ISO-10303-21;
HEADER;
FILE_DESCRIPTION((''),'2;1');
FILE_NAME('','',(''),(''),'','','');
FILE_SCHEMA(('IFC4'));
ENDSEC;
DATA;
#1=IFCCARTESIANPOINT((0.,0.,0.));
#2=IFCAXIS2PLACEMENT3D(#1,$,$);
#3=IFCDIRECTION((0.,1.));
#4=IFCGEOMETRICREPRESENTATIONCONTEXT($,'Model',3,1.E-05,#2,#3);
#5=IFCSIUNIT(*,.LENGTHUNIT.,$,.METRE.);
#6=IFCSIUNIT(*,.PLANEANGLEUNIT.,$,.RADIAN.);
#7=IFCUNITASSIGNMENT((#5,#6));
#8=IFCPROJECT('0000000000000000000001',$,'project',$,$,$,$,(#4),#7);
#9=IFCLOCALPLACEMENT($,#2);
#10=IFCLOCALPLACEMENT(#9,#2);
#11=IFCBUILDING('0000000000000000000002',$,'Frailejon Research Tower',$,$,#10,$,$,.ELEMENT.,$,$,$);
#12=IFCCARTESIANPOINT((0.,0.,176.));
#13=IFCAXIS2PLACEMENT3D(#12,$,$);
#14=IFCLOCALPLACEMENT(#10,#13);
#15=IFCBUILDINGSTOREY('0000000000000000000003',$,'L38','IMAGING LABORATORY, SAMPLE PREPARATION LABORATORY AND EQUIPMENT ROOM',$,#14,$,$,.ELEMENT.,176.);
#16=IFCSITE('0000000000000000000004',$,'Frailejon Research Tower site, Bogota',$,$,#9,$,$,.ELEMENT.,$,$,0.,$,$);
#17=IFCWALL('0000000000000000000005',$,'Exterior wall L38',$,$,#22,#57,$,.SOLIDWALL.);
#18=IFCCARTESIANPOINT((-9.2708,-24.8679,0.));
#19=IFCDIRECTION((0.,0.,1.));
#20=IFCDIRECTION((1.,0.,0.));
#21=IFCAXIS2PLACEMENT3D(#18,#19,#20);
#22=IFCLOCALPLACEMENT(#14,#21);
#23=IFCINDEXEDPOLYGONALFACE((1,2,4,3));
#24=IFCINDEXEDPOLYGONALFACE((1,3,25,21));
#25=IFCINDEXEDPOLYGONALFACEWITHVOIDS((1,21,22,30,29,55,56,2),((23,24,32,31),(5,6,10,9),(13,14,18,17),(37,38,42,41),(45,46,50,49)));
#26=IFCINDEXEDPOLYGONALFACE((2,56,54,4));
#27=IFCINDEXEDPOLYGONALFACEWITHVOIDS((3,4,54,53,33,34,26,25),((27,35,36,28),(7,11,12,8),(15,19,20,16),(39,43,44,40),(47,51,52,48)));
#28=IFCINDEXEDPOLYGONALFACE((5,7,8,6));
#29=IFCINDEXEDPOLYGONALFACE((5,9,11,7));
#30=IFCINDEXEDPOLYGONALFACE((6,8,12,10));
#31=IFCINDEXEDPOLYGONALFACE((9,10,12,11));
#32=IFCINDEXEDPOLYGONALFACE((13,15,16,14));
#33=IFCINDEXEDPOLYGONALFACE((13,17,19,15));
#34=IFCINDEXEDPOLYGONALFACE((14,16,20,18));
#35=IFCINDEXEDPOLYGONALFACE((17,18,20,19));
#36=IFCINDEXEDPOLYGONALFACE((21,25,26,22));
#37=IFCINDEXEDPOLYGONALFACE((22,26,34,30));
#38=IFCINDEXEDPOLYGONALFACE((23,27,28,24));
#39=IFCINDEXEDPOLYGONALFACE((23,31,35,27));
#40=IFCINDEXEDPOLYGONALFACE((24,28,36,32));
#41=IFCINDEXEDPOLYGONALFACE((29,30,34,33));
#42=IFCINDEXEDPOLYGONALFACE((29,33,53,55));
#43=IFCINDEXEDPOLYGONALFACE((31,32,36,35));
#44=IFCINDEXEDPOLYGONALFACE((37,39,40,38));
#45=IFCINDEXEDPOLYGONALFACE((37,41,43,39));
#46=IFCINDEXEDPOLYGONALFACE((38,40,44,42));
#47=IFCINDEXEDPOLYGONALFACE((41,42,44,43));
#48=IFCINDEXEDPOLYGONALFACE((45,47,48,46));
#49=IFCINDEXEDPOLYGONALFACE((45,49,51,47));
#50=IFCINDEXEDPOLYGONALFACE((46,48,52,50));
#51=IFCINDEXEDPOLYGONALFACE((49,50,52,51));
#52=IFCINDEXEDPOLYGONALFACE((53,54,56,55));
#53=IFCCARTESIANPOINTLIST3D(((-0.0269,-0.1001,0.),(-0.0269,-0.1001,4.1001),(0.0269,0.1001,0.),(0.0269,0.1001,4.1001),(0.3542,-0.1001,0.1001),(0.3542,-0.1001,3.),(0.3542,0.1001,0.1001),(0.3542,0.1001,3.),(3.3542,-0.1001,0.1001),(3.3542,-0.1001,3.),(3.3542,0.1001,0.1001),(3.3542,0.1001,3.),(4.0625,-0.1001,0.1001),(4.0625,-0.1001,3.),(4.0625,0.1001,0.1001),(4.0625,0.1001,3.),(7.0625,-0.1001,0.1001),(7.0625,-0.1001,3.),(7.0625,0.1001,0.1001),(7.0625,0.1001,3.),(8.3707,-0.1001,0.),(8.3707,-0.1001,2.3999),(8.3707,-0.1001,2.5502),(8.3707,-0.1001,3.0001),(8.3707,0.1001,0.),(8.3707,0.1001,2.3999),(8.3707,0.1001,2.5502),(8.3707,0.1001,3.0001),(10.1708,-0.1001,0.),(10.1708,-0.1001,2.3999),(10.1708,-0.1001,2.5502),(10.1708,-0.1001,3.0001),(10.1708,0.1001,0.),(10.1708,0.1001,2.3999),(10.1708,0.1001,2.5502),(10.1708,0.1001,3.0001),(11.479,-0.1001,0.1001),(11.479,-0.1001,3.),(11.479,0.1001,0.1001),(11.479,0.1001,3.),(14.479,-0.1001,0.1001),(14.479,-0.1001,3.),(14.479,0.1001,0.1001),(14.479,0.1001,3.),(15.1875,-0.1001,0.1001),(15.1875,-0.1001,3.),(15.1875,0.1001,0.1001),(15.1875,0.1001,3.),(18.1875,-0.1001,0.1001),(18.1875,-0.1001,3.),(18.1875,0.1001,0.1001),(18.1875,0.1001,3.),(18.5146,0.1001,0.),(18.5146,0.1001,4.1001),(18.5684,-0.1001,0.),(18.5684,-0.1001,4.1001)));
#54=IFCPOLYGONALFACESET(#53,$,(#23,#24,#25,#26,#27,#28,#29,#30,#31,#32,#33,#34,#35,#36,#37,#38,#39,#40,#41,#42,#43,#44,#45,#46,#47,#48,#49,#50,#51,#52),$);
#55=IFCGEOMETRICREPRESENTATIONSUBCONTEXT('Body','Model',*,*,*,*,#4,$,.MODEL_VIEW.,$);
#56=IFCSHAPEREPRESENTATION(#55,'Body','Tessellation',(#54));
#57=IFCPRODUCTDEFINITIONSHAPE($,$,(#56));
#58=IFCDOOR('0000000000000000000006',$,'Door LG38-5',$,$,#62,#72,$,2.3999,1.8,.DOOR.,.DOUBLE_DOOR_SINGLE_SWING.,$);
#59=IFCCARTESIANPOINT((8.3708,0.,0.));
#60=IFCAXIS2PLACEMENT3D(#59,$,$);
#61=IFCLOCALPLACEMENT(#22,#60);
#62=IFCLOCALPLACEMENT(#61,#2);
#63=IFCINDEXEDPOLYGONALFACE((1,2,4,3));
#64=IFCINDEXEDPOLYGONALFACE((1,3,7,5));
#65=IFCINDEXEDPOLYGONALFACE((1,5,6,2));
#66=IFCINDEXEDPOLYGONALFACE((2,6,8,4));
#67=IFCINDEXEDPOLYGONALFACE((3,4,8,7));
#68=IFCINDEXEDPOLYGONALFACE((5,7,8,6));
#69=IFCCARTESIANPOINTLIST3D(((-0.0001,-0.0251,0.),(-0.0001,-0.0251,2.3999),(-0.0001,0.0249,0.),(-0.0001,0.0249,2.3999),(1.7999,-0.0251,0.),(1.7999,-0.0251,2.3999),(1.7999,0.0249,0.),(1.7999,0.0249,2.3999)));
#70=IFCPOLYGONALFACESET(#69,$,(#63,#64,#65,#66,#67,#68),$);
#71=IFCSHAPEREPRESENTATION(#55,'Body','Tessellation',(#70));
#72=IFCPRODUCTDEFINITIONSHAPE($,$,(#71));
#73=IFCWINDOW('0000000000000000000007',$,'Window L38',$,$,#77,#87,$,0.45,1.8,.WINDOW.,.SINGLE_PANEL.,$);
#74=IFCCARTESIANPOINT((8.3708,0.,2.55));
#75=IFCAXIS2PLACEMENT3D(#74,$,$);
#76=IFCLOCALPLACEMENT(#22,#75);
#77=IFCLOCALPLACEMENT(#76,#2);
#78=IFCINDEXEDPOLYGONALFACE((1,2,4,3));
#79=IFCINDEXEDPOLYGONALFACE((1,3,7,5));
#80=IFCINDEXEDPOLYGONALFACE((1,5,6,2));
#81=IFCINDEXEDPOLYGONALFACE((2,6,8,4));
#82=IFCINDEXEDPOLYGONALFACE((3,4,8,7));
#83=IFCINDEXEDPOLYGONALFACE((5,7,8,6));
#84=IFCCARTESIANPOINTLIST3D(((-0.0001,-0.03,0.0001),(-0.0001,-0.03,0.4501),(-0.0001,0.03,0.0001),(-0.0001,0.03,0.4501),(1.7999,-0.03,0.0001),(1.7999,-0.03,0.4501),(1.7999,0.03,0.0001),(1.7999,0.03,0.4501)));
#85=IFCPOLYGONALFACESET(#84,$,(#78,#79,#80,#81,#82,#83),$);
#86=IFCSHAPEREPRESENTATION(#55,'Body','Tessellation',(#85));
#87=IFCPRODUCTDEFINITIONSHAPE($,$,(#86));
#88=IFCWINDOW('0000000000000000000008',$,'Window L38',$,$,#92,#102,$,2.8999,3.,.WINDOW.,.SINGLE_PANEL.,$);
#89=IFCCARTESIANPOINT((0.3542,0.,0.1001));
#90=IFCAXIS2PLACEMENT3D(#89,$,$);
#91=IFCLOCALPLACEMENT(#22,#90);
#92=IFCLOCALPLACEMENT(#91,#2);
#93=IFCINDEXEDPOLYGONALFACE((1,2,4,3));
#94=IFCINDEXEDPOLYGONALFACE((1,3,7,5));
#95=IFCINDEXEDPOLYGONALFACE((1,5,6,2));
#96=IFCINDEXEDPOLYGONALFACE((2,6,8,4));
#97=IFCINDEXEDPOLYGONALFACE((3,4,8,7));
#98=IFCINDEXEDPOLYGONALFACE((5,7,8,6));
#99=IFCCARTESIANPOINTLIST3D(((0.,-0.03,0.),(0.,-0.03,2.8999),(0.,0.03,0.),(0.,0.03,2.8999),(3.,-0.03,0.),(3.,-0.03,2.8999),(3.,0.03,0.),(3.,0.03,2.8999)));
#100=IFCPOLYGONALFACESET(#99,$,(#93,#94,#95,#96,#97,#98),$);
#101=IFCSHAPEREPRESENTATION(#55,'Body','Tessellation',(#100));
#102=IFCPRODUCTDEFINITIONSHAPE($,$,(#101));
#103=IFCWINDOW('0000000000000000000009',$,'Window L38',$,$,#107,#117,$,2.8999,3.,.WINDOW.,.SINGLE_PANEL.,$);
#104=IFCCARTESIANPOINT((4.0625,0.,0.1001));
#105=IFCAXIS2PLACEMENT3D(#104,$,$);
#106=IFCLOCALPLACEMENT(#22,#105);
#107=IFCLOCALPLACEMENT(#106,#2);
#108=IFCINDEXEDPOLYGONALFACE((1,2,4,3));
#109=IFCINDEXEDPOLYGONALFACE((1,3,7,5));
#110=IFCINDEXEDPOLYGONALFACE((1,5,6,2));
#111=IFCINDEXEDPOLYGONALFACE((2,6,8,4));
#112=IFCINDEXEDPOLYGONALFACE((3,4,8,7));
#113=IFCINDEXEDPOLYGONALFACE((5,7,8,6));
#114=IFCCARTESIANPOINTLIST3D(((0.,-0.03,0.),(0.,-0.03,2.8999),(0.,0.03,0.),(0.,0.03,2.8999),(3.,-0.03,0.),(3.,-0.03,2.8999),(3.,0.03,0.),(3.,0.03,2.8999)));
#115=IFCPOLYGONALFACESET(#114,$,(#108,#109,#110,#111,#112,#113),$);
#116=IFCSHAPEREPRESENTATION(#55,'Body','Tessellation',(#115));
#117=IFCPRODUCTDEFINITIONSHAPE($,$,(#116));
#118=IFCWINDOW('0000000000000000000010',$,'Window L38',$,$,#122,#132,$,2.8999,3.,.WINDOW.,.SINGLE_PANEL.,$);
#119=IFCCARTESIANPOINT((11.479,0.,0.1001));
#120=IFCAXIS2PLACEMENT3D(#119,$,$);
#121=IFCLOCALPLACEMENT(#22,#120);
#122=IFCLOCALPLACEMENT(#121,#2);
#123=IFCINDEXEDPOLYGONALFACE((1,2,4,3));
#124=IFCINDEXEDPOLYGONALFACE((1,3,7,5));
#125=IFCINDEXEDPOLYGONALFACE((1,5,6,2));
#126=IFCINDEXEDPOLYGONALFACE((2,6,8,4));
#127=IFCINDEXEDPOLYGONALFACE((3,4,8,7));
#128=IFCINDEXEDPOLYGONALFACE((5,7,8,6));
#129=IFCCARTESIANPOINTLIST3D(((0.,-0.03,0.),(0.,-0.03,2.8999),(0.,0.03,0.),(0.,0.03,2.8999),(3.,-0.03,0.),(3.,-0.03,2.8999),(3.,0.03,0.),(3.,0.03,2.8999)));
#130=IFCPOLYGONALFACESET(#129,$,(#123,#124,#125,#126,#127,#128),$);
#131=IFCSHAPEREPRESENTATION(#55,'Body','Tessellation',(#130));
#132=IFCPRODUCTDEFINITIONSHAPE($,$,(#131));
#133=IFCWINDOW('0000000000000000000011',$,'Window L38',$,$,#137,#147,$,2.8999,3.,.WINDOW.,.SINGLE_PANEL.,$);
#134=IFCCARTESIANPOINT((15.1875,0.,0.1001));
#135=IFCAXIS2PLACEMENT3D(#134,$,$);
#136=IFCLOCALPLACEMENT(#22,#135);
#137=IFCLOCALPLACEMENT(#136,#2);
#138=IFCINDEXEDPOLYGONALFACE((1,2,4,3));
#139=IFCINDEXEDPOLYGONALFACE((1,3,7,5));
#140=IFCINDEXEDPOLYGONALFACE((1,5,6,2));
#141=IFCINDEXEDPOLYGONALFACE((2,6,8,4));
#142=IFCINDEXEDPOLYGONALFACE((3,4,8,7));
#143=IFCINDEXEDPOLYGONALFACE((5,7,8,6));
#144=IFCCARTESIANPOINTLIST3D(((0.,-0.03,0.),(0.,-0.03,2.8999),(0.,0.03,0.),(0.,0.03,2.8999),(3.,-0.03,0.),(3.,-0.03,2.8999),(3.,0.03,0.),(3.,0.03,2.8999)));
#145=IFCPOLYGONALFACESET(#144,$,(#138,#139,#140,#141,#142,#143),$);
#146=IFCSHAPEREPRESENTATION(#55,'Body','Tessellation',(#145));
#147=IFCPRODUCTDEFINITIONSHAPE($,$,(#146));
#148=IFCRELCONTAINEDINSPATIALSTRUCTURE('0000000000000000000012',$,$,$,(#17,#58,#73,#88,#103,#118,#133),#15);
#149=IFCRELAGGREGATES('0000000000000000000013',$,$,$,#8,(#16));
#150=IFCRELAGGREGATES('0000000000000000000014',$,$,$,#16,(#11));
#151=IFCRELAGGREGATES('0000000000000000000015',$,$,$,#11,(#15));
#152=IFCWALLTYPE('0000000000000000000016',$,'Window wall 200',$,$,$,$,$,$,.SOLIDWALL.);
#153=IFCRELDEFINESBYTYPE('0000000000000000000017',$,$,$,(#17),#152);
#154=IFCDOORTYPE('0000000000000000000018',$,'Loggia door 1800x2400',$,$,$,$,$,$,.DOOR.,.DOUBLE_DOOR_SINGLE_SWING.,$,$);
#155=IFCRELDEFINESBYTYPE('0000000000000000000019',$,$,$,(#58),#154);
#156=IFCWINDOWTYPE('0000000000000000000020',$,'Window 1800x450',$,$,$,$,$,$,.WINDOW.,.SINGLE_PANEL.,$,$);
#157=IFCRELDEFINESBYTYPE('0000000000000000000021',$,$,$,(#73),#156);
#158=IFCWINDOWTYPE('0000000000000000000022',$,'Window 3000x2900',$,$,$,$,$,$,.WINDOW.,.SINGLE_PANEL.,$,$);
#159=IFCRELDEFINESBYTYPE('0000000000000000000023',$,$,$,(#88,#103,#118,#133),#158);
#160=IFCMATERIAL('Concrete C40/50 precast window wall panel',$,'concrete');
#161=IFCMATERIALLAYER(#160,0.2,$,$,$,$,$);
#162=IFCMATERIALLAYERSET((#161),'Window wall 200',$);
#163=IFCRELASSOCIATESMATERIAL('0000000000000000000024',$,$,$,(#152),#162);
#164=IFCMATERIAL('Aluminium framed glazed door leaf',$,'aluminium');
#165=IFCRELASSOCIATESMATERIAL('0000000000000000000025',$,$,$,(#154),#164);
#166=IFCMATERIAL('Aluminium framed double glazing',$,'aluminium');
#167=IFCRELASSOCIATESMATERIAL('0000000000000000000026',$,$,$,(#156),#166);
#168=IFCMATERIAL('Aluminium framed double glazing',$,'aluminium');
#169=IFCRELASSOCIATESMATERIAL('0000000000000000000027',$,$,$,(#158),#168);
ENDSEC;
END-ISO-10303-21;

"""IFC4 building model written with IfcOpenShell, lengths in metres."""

from ifc_helpers import new_model, si_unit, direction, frame, frame_2d, origin, place, context, subcontext, project, spatial, polyline, rectangle, outline, extrude, material, layer, layer_set, type_object, element, fill, save


model = new_model("IFC4")

# Units and contexts
model_context = context("Model", 3, precision=1e-05, world=origin(), true_north=direction((0.0, 1.0)))
body_context = subcontext(model_context, "Body", "Model", "MODEL_VIEW")
ifc_project = project(units=[si_unit("LENGTHUNIT", "METRE"), si_unit("PLANEANGLEUNIT", "RADIAN")], contexts=[model_context])

# Site, building, storey
site_placement = place(None, origin())
site = spatial("IfcSite", under=ifc_project, at=site_placement, Name="Frailejon Research Tower site, Bogota", CompositionType="ELEMENT", RefElevation=0.0)
building_placement = place(site_placement, origin())
building = spatial("IfcBuilding", under=site, at=building_placement, Name="Frailejon Research Tower", CompositionType="ELEMENT")
storey_placement = place(building_placement, frame((0.0, 0.0, 176.0)))
storey = spatial("IfcBuildingStorey", under=building, at=storey_placement, Name="L38", Description="IMAGING LABORATORY, SAMPLE PREPARATION LABORATORY AND EQUIPMENT ROOM", CompositionType="ELEMENT", Elevation=176.0)

# Wall, openings, door, windows
ifc_material_1 = material(Name="Concrete C40/50 precast window wall panel", Category="concrete")
ifc_layer_1 = layer(ifc_material_1, 0.2)
ifc_layer_set_1 = layer_set([ifc_layer_1], Name="Window wall 200")
wall_type_1 = type_object("IfcWallType", Name="Window wall 200", PredefinedType="SOLIDWALL", material=ifc_layer_set_1)
wall_1_placement = place(storey_placement, frame((-9.2708, -24.8679, 0.0), z_axis=(0.0, 0.0, 1.0), x_axis=(1.0, 0.0, 0.0)))
wall_1 = element("IfcWall", 1, at=wall_1_placement, inside=storey, type_object=wall_type_1, Name="Exterior wall L38", PredefinedType="SOLIDWALL", context=body_context, shape_type="SweptSolid", body=[
    extrude(outline(polyline([(-0.0269, -0.1001), (1.0061, -0.1001), (2.0393, -0.1001), (3.0723, -0.1001), (4.1055, -0.1001), (5.1384, -0.1001), (6.1716, -0.1001), (7.2046, -0.1001), (8.2378, -0.1001), (9.2708, -0.1001), (10.3037, -0.1001), (11.3369, -0.1001), (12.3699, -0.1001), (13.4031, -0.1001), (14.436, -0.1001), (15.4692, -0.1001), (16.5022, -0.1001), (17.5354, -0.1001), (18.5684, -0.1001), (18.5146, 0.1001), (17.4875, 0.1001), (16.4604, 0.1001), (15.4333, 0.1001), (14.4062, 0.1001), (13.3792, 0.1001), (12.3521, 0.1001), (11.325, 0.1001), (10.2979, 0.1001), (9.2708, 0.1001), (8.2437, 0.1001), (7.2166, 0.1001), (6.1895, 0.1001), (5.1624, 0.1001), (4.1353, 0.1001), (3.1082, 0.1001), (2.0811, 0.1001), (1.054, 0.1001), (0.0269, 0.1001), (-0.0269, -0.1001)])), origin(), (0.0, 0.0, 1.0), 4.1001),
])
opening_1_placement = place(wall_1_placement, frame((0.3542, 0.0, 0.1001)))
opening_1 = element("IfcOpeningElement", 2, at=opening_1_placement, cuts=wall_1, PredefinedType="OPENING", context=body_context, shape_type="SweptSolid", body=[
    extrude(rectangle(XDim=3.0, YDim=2.8999, at=frame_2d((1.5, 1.45))), frame((0.0, 0.1099, 0.0), z_axis=(0.0, -1.0, 0.0), x_axis=(1.0, 0.0, 0.0)), (0.0, 0.0, 1.0), 0.22),
])
opening_2_placement = place(wall_1_placement, frame((4.0625, 0.0, 0.1001)))
opening_2 = element("IfcOpeningElement", 3, at=opening_2_placement, cuts=wall_1, PredefinedType="OPENING", context=body_context, shape_type="SweptSolid", body=[
    extrude(rectangle(XDim=3.0, YDim=2.8999, at=frame_2d((1.5, 1.45))), frame((0.0, 0.1099, 0.0), z_axis=(0.0, -1.0, 0.0), x_axis=(1.0, 0.0, 0.0)), (0.0, 0.0, 1.0), 0.22),
])
opening_3_placement = place(wall_1_placement, frame((8.3708, 0.0, 0.0)))
opening_3 = element("IfcOpeningElement", 4, at=opening_3_placement, cuts=wall_1, PredefinedType="OPENING", context=body_context, shape_type="SweptSolid", body=[
    extrude(rectangle(XDim=1.8, YDim=2.3999, at=frame_2d((0.8999, 1.2))), frame((0.0, 0.1099, 0.0), z_axis=(0.0, -1.0, 0.0), x_axis=(1.0, 0.0, 0.0)), (0.0, 0.0, 1.0), 0.22),
])
opening_4_placement = place(wall_1_placement, frame((8.3708, 0.0, 2.55)))
opening_4 = element("IfcOpeningElement", 5, at=opening_4_placement, cuts=wall_1, PredefinedType="OPENING", context=body_context, shape_type="SweptSolid", body=[
    extrude(rectangle(XDim=1.8, YDim=0.45, at=frame_2d((0.8999, 0.2251))), frame((0.0, 0.1099, 0.0), z_axis=(0.0, -1.0, 0.0), x_axis=(1.0, 0.0, 0.0)), (0.0, 0.0, 1.0), 0.22),
])
opening_5_placement = place(wall_1_placement, frame((11.479, 0.0, 0.1001)))
opening_5 = element("IfcOpeningElement", 6, at=opening_5_placement, cuts=wall_1, PredefinedType="OPENING", context=body_context, shape_type="SweptSolid", body=[
    extrude(rectangle(XDim=3.0, YDim=2.8999, at=frame_2d((1.5, 1.45))), frame((0.0, 0.1099, 0.0), z_axis=(0.0, -1.0, 0.0), x_axis=(1.0, 0.0, 0.0)), (0.0, 0.0, 1.0), 0.22),
])
opening_6_placement = place(wall_1_placement, frame((15.1875, 0.0, 0.1001)))
opening_6 = element("IfcOpeningElement", 7, at=opening_6_placement, cuts=wall_1, PredefinedType="OPENING", context=body_context, shape_type="SweptSolid", body=[
    extrude(rectangle(XDim=3.0, YDim=2.8999, at=frame_2d((1.5, 1.45))), frame((0.0, 0.1099, 0.0), z_axis=(0.0, -1.0, 0.0), x_axis=(1.0, 0.0, 0.0)), (0.0, 0.0, 1.0), 0.22),
])
ifc_material_2 = material(Name="Aluminium framed glazed door leaf", Category="aluminium")
door_type = type_object("IfcDoorType", Name="Loggia door 1800x2400", OperationType="DOUBLE_DOOR_SINGLE_SWING", PredefinedType="DOOR", material=ifc_material_2)
door_placement = place(opening_3_placement, origin())
door = element("IfcDoor", 8, at=door_placement, inside=storey, type_object=door_type, Name="Door LG38-5", OperationType="DOUBLE_DOOR_SINGLE_SWING", OverallHeight=2.3999, OverallWidth=1.8, PredefinedType="DOOR", context=body_context, shape_type="SweptSolid", body=[
    extrude(rectangle(XDim=1.8, YDim=2.3999, at=frame_2d((0.8999, 1.2))), frame((0.0, 0.0249, 0.0), z_axis=(0.0, -1.0, 0.0), x_axis=(1.0, 0.0, 0.0)), (0.0, 0.0, 1.0), 0.05),
])
fill(opening_3, door)
ifc_material_3 = material(Name="Aluminium framed double glazing", Category="aluminium")
window_type_1 = type_object("IfcWindowType", Name="Window 1800x450", PartitioningType="SINGLE_PANEL", PredefinedType="WINDOW", material=ifc_material_3)
window_1_placement = place(opening_4_placement, origin())
window_1 = element("IfcWindow", 9, at=window_1_placement, inside=storey, type_object=window_type_1, Name="Window L38", OverallHeight=0.45, OverallWidth=1.8, PartitioningType="SINGLE_PANEL", PredefinedType="WINDOW", context=body_context, shape_type="SweptSolid", body=[
    extrude(rectangle(XDim=1.8, YDim=0.45, at=frame_2d((0.8999, 0.2251))), frame((0.0, 0.03, 0.0), z_axis=(0.0, -1.0, 0.0), x_axis=(1.0, 0.0, 0.0)), (0.0, 0.0, 1.0), 0.0601),
])
fill(opening_4, window_1)
ifc_material_4 = material(Name="Aluminium framed double glazing", Category="aluminium")
window_type_2 = type_object("IfcWindowType", Name="Window 3000x2900", PartitioningType="SINGLE_PANEL", PredefinedType="WINDOW", material=ifc_material_4)
window_2_placement = place(opening_1_placement, origin())
window_2 = element("IfcWindow", 10, at=window_2_placement, inside=storey, type_object=window_type_2, Name="Window L38", OverallHeight=2.8999, OverallWidth=3.0, PartitioningType="SINGLE_PANEL", PredefinedType="WINDOW", context=body_context, shape_type="SweptSolid", body=[
    extrude(rectangle(XDim=3.0, YDim=2.8999, at=frame_2d((1.5, 1.45))), frame((0.0, 0.03, 0.0), z_axis=(0.0, -1.0, 0.0), x_axis=(1.0, 0.0, 0.0)), (0.0, 0.0, 1.0), 0.0601),
])
fill(opening_1, window_2)
window_3_placement = place(opening_2_placement, origin())
window_3 = element("IfcWindow", 11, at=window_3_placement, inside=storey, type_object=window_type_2, Name="Window L38", OverallHeight=2.8999, OverallWidth=3.0, PartitioningType="SINGLE_PANEL", PredefinedType="WINDOW", context=body_context, shape_type="SweptSolid", body=[
    extrude(rectangle(XDim=3.0, YDim=2.8999, at=frame_2d((1.5, 1.45))), frame((0.0, 0.03, 0.0), z_axis=(0.0, -1.0, 0.0), x_axis=(1.0, 0.0, 0.0)), (0.0, 0.0, 1.0), 0.0601),
])
fill(opening_2, window_3)
window_4_placement = place(opening_5_placement, origin())
window_4 = element("IfcWindow", 12, at=window_4_placement, inside=storey, type_object=window_type_2, Name="Window L38", OverallHeight=2.8999, OverallWidth=3.0, PartitioningType="SINGLE_PANEL", PredefinedType="WINDOW", context=body_context, shape_type="SweptSolid", body=[
    extrude(rectangle(XDim=3.0, YDim=2.8999, at=frame_2d((1.5, 1.45))), frame((0.0, 0.03, 0.0), z_axis=(0.0, -1.0, 0.0), x_axis=(1.0, 0.0, 0.0)), (0.0, 0.0, 1.0), 0.0601),
])
fill(opening_5, window_4)
window_5_placement = place(opening_6_placement, origin())
window_5 = element("IfcWindow", 13, at=window_5_placement, inside=storey, type_object=window_type_2, Name="Window L38", OverallHeight=2.8999, OverallWidth=3.0, PartitioningType="SINGLE_PANEL", PredefinedType="WINDOW", context=body_context, shape_type="SweptSolid", body=[
    extrude(rectangle(XDim=3.0, YDim=2.8999, at=frame_2d((1.5, 1.45))), frame((0.0, 0.03, 0.0), z_axis=(0.0, -1.0, 0.0), x_axis=(1.0, 0.0, 0.0)), (0.0, 0.0, 1.0), 0.0601),
])
fill(opening_6, window_5)

save(model, "model.ifc")
